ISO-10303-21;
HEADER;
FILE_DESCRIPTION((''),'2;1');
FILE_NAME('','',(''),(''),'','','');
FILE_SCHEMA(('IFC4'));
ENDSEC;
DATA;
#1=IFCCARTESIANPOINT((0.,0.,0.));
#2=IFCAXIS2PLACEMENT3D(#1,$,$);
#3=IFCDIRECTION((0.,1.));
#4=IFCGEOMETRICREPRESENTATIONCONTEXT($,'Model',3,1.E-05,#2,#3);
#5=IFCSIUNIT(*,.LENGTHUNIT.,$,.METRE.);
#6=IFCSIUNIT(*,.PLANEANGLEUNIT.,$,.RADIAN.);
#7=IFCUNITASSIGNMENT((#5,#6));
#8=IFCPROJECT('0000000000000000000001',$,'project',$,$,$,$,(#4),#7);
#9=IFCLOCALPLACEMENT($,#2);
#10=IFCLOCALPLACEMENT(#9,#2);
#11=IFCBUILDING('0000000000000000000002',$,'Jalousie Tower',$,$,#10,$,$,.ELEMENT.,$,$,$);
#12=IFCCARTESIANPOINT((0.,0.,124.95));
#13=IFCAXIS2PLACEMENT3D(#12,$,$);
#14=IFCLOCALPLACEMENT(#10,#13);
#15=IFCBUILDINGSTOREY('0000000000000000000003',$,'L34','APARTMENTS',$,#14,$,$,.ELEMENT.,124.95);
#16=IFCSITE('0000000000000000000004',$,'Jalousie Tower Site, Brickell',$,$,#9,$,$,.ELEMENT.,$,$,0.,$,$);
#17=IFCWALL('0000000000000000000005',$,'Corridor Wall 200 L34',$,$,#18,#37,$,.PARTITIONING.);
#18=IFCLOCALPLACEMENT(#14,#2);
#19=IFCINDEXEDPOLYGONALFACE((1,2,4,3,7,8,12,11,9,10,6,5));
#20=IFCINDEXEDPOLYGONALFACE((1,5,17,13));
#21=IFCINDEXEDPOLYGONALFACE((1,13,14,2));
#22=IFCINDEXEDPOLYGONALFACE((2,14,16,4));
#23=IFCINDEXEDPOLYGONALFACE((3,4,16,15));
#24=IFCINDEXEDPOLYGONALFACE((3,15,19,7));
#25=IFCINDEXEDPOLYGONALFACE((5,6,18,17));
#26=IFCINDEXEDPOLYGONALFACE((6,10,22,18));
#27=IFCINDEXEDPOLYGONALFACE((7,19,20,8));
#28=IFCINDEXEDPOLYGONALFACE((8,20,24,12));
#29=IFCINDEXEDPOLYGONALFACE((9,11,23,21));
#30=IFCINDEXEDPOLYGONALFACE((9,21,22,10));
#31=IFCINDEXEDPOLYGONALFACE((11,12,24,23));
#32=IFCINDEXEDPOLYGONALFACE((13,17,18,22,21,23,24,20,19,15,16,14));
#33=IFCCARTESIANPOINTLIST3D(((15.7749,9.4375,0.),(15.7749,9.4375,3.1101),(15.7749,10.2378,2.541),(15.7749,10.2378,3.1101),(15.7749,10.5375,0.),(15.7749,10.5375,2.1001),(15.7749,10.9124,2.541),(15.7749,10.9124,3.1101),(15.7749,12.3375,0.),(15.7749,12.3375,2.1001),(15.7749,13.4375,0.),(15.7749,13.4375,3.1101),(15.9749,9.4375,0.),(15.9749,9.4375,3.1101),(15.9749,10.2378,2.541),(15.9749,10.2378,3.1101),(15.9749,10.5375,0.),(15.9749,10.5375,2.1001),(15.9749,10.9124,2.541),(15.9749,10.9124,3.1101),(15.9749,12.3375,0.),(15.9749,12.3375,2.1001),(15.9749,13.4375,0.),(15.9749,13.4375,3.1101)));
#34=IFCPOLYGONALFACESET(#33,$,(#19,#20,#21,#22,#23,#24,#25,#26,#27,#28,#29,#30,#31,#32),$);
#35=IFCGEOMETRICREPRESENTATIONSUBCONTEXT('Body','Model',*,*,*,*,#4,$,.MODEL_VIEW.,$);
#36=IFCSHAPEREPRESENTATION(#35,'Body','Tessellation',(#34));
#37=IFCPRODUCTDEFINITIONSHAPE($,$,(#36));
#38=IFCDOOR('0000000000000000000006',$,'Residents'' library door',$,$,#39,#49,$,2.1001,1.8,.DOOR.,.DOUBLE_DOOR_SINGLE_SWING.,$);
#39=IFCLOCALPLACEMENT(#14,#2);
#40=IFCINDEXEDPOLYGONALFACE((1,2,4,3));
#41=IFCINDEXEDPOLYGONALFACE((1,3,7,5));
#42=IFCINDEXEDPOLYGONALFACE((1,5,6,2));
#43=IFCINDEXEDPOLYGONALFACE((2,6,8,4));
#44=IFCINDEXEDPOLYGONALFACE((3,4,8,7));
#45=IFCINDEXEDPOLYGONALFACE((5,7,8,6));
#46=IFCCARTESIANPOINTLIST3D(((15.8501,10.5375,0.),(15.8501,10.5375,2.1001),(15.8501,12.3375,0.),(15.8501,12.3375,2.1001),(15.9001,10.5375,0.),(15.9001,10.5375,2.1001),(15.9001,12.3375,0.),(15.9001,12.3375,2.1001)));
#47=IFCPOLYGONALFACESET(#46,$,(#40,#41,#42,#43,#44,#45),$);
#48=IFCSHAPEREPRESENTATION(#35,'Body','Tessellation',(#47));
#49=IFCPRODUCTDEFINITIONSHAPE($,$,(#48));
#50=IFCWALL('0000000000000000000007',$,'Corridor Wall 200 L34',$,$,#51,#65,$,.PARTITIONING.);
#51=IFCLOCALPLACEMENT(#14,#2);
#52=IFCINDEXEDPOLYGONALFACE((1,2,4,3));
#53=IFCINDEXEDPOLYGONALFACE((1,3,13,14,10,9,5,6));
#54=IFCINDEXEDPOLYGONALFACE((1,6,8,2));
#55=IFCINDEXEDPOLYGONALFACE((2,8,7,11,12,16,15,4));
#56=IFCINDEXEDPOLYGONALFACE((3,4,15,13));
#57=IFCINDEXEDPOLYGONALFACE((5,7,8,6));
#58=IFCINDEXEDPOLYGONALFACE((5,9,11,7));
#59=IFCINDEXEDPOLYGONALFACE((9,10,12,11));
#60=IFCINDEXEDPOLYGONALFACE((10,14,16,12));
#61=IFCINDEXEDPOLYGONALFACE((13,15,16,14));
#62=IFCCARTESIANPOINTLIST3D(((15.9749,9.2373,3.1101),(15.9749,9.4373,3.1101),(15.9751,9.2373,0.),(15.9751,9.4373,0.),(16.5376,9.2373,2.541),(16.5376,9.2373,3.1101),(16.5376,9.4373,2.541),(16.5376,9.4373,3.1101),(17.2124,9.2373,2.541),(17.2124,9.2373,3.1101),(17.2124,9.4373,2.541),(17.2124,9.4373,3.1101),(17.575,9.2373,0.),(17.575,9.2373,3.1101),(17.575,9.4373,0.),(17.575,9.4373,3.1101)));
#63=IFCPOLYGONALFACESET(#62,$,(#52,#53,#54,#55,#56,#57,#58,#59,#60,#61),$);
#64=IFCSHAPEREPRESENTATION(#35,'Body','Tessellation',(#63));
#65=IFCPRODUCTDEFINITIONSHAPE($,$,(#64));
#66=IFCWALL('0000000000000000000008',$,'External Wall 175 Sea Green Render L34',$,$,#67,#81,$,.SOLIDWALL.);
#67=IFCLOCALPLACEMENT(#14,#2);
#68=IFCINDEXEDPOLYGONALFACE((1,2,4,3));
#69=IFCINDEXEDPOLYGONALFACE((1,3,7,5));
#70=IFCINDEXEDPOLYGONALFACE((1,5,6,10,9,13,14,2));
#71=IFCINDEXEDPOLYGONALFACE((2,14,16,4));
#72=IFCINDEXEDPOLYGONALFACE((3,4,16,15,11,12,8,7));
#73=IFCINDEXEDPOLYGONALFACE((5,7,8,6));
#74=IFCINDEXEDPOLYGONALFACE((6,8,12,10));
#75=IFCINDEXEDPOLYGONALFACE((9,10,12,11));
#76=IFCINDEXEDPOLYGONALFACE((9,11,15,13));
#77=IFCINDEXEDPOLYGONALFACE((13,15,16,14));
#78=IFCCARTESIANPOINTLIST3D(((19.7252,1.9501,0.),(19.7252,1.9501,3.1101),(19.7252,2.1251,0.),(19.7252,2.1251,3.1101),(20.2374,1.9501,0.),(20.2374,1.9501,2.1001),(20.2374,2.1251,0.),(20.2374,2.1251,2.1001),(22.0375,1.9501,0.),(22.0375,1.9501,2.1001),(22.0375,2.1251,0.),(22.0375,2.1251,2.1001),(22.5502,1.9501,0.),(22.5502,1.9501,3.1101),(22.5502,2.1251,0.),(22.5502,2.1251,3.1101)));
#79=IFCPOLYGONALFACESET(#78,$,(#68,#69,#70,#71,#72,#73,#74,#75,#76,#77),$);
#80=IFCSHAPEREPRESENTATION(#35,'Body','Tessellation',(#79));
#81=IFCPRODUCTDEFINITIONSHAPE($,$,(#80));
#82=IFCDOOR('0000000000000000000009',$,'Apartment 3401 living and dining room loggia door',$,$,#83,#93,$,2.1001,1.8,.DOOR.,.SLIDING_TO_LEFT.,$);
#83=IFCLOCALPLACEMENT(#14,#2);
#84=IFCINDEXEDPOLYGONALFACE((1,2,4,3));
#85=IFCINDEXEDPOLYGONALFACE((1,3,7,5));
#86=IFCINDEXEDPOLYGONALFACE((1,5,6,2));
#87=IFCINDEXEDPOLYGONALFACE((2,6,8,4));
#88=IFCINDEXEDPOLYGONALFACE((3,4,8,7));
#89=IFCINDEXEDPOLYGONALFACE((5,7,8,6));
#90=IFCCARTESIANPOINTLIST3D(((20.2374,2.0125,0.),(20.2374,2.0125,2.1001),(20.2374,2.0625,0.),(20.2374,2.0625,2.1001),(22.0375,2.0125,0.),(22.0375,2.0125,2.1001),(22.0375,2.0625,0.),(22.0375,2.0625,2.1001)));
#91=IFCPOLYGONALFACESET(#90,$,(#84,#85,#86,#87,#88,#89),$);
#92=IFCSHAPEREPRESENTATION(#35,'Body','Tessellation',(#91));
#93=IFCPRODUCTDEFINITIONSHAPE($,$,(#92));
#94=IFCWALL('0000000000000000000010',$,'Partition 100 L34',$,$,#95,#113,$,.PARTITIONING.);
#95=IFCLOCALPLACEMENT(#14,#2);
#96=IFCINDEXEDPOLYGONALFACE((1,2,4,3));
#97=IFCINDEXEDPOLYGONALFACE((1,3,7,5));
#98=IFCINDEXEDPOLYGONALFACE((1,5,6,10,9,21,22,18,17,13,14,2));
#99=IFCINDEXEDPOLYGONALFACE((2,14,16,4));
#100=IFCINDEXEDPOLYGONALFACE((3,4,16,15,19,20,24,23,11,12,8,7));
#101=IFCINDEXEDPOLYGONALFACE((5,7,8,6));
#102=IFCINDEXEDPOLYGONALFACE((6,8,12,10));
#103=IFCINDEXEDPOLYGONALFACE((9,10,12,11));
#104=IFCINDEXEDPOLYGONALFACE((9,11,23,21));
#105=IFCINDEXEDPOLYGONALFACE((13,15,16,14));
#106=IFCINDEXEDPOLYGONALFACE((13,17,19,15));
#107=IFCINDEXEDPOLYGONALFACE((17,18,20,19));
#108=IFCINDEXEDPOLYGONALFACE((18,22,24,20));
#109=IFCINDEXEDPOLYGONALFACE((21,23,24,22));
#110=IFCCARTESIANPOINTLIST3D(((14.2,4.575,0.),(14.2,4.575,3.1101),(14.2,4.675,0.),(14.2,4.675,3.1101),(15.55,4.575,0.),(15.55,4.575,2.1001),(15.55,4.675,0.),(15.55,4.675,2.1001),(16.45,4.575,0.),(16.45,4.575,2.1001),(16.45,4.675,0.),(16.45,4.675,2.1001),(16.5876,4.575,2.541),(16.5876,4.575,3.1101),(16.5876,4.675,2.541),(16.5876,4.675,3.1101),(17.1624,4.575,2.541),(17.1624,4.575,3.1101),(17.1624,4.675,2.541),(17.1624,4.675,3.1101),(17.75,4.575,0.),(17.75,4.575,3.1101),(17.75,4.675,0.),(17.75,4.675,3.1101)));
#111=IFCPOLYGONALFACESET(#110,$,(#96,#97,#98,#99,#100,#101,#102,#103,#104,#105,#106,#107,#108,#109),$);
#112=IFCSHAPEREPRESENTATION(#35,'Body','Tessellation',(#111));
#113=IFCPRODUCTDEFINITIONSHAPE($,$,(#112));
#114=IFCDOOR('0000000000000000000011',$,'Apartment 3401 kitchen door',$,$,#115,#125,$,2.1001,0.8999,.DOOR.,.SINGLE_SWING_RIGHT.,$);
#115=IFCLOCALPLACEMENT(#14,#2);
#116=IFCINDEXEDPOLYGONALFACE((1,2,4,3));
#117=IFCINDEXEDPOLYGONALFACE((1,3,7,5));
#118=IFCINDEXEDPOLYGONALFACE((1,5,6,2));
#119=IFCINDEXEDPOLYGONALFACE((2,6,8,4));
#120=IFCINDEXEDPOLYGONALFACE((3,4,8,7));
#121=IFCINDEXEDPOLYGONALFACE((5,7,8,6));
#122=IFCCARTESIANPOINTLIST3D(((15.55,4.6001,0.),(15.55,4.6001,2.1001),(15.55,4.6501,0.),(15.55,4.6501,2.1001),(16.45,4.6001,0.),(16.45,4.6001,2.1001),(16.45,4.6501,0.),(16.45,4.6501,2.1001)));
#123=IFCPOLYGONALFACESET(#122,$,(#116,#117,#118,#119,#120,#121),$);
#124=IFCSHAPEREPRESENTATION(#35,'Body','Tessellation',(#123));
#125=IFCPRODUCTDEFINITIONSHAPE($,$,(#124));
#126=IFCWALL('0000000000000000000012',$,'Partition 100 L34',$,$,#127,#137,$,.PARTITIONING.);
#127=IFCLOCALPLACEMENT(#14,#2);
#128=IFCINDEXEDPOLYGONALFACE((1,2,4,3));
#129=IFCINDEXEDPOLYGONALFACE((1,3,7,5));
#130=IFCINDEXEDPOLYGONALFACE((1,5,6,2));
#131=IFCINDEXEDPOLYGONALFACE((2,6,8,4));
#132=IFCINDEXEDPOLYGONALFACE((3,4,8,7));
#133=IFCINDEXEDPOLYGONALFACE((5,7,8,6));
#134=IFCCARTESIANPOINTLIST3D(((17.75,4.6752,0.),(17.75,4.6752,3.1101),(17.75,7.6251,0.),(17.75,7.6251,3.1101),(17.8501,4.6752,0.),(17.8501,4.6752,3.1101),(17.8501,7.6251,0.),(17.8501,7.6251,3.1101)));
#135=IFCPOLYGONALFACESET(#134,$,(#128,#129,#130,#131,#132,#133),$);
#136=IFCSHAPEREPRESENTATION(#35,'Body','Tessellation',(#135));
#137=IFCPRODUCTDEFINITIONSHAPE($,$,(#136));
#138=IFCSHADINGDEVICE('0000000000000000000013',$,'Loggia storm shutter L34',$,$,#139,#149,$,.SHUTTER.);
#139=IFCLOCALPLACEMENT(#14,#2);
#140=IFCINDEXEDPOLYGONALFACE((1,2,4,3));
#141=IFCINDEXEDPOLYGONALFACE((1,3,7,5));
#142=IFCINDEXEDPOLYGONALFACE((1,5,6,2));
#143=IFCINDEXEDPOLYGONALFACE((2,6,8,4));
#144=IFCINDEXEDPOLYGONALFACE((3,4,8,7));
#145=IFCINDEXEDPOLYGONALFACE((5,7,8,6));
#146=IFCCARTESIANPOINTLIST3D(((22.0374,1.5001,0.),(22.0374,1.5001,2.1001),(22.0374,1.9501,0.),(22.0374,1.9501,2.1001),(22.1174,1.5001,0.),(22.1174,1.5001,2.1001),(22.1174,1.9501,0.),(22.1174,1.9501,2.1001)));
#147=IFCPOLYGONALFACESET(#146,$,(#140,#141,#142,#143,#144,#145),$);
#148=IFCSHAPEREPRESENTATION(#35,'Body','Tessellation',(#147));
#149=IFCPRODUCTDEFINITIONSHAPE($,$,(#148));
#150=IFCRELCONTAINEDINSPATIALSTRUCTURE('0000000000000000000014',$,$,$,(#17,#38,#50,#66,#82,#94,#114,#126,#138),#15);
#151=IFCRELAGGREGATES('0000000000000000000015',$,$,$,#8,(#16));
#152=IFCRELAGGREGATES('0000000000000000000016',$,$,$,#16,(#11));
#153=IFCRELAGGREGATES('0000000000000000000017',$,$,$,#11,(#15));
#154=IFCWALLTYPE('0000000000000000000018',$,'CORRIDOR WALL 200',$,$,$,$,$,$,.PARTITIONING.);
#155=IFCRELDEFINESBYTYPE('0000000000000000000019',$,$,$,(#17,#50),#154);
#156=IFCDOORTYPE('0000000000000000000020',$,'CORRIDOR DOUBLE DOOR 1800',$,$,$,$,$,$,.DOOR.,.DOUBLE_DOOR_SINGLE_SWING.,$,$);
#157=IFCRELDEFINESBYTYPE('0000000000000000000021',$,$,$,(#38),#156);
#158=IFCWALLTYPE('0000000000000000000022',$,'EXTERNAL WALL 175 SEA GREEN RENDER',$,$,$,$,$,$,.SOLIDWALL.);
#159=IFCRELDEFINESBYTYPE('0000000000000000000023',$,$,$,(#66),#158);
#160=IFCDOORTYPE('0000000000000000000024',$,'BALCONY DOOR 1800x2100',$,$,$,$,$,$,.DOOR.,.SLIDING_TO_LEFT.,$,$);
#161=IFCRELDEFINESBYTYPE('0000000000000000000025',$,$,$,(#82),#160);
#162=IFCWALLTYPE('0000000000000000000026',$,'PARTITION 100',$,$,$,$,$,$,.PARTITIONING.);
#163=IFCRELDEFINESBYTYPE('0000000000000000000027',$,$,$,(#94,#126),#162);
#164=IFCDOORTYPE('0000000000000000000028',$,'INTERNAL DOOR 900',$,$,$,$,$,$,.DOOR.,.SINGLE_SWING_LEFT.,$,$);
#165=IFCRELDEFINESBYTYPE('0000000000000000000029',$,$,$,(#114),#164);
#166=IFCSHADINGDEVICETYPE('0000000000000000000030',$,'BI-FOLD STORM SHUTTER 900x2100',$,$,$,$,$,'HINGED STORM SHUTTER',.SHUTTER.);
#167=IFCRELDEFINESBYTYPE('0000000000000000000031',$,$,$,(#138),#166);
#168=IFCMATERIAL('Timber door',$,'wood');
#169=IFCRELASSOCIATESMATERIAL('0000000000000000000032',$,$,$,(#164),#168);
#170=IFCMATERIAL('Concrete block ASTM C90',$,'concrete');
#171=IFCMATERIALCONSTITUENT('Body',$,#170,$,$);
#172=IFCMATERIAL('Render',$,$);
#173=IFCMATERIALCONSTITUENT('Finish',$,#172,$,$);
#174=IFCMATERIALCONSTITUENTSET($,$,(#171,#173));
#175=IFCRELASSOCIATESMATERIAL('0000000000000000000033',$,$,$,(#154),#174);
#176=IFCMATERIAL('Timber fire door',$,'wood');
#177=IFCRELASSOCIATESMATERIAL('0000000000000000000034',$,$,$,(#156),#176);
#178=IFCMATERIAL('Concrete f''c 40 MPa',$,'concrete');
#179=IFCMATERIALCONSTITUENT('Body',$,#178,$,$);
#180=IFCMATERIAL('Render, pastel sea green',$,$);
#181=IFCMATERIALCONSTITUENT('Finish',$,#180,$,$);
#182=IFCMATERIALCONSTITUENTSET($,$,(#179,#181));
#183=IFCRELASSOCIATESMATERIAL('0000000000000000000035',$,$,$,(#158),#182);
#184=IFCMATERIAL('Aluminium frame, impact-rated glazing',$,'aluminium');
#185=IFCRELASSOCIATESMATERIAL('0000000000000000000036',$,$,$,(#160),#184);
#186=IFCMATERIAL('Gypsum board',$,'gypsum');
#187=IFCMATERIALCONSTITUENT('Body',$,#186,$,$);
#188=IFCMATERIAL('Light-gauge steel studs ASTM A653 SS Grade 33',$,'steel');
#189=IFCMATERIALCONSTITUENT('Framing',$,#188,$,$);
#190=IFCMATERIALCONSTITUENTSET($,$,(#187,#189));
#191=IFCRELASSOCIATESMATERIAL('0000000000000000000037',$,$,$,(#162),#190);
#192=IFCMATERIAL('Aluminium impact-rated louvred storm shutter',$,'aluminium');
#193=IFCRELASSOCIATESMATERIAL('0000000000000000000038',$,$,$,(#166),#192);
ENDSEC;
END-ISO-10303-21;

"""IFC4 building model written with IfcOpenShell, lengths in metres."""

from ifc_helpers import new_model, si_unit, direction, frame, frame_2d, origin, origin_2d, place, context, subcontext, project, spatial, polyline, rectangle, outline, extrude, material, constituent, constituent_set, type_object, element, fill, save


model = new_model("IFC4")

# Units and contexts
model_context = context("Model", 3, precision=1e-05, world=origin(), true_north=direction((0.0, 1.0)))
body_context = subcontext(model_context, "Body", "Model", "MODEL_VIEW")
ifc_project = project(units=[si_unit("LENGTHUNIT", "METRE"), si_unit("PLANEANGLEUNIT", "RADIAN")], contexts=[model_context])

# Site, building, storey
site_placement = place(None, origin())
site = spatial("IfcSite", under=ifc_project, at=site_placement, Name="Jalousie Tower Site, Brickell", CompositionType="ELEMENT", RefElevation=0.0)
building_placement = place(site_placement, origin())
building = spatial("IfcBuilding", under=site, at=building_placement, Name="Jalousie Tower", CompositionType="ELEMENT")
storey_placement = place(building_placement, frame((0.0, 0.0, 124.95)))
storey = spatial("IfcBuildingStorey", under=building, at=storey_placement, Name="L34", Description="APARTMENTS", CompositionType="ELEMENT", Elevation=124.95)

# Shared definitions
ifc_material_1 = material(Name="Timber door", Category="wood")
door_type_1 = type_object("IfcDoorType", Name="INTERNAL DOOR 900", OperationType="SINGLE_SWING_LEFT", PredefinedType="DOOR", material=ifc_material_1)

# Shared definitions
ifc_material_2 = material(Name="Concrete block ASTM C90", Category="concrete")
ifc_constituent_1 = constituent(ifc_material_2, Name="Body")
ifc_material_3 = material(Name="Render")
ifc_constituent_2 = constituent(ifc_material_3, Name="Finish")
ifc_constituent_set_1 = constituent_set(constituents=[ifc_constituent_1, ifc_constituent_2])
wall_type_1 = type_object("IfcWallType", Name="CORRIDOR WALL 200", PredefinedType="PARTITIONING", material=ifc_constituent_set_1)

# Wall, opening, door
wall_1_placement = place(storey_placement, frame((15.875, 9.4375, 0.0), z_axis=(0.0, 0.0, 1.0), x_axis=(0.0, 1.0, 0.0)))
wall_1 = element("IfcWall", 1, at=wall_1_placement, inside=storey, type_object=wall_type_1, Name="Corridor Wall 200 L34", PredefinedType="PARTITIONING", context=body_context, shape_type="SweptSolid", body=[
    extrude(outline(polyline([(0.0, 0.0), (4.0, 0.0), (4.0, 3.1101), (1.4749, 3.1101), (1.4749, 2.541), (0.8003, 2.541), (0.8003, 3.1101), (0.0, 3.1101), (0.0, 0.0)])), frame((0.0, 0.1001, 0.0), z_axis=(0.0, -1.0, 0.0), x_axis=(1.0, 0.0, 0.0)), (0.0, 0.0, 1.0), 0.2),
])
opening_1_placement = place(wall_1_placement, frame((1.1001, 0.0, 0.0)))
opening_1 = element("IfcOpeningElement", 2, at=opening_1_placement, cuts=wall_1, PredefinedType="OPENING", context=body_context, shape_type="SweptSolid", body=[
    extrude(rectangle(XDim=1.8, YDim=2.1001, at=frame_2d((0.8999, 1.05))), frame((0.0, 0.1099, 0.0), z_axis=(0.0, -1.0, 0.0), x_axis=(1.0, 0.0, 0.0)), (0.0, 0.0, 1.0), 0.22),
])
ifc_material_4 = material(Name="Timber fire door", Category="wood")
door_type_2 = type_object("IfcDoorType", Name="CORRIDOR DOUBLE DOOR 1800", OperationType="DOUBLE_DOOR_SINGLE_SWING", PredefinedType="DOOR", material=ifc_material_4)
door_1_placement = place(opening_1_placement, origin())
door_1 = element("IfcDoor", 3, at=door_1_placement, inside=storey, type_object=door_type_2, Name="Residents' library door", OperationType="DOUBLE_DOOR_SINGLE_SWING", OverallHeight=2.1001, OverallWidth=1.8, PredefinedType="DOOR", context=body_context, shape_type="SweptSolid", body=[
    extrude(rectangle(XDim=1.8, YDim=2.1001, at=frame_2d((0.8999, 1.05))), frame((0.0, 0.0249, 0.0), z_axis=(0.0, -1.0, 0.0), x_axis=(1.0, 0.0, 0.0)), (0.0, 0.0, 1.0), 0.05),
])
fill(opening_1, door_1)

# Wall
wall_2_placement = place(storey_placement, frame((17.575, 9.3374, 0.0), z_axis=(0.0, 0.0, 1.0), x_axis=(-1.0, 0.0, 0.0)))
element("IfcWall", 4, at=wall_2_placement, inside=storey, type_object=wall_type_1, Name="Corridor Wall 200 L34", PredefinedType="PARTITIONING", context=body_context, shape_type="SweptSolid", body=[
    extrude(outline(polyline([(0.0, 0.0), (1.5999, 0.0), (1.6001, 3.1101), (1.0374, 3.1101), (1.0374, 2.541), (0.3625, 2.541), (0.3625, 3.1101), (0.0, 3.1101), (0.0, 0.0)])), frame((0.0, 0.1001, 0.0), z_axis=(0.0, -1.0, 0.0), x_axis=(1.0, 0.0, 0.0)), (0.0, 0.0, 1.0), 0.2),
])

# Walls, openings, doors
ifc_material_5 = material(Name="Concrete f'c 40 MPa", Category="concrete")
ifc_constituent_3 = constituent(ifc_material_5, Name="Body")
ifc_material_6 = material(Name="Render, pastel sea green")
ifc_constituent_4 = constituent(ifc_material_6, Name="Finish")
ifc_constituent_set_2 = constituent_set(constituents=[ifc_constituent_3, ifc_constituent_4])
wall_type_2 = type_object("IfcWallType", Name="EXTERNAL WALL 175 SEA GREEN RENDER", PredefinedType="SOLIDWALL", material=ifc_constituent_set_2)
wall_3_placement = place(storey_placement, frame((19.7251, 2.0376, 0.0), z_axis=(0.0, 0.0, 1.0), x_axis=(1.0, 0.0, 0.0)))
wall_3 = element("IfcWall", 5, at=wall_3_placement, inside=storey, type_object=wall_type_2, Name="External Wall 175 Sea Green Render L34", PredefinedType="SOLIDWALL", context=body_context, shape_type="SweptSolid", body=[
    extrude(rectangle(XDim=2.825, YDim=0.175, at=frame_2d((1.4126, 0.0))), origin(), (0.0, 0.0, 1.0), 3.1101),
])
opening_2_placement = place(wall_3_placement, frame((0.5125, 0.0, 0.0)))
opening_2 = element("IfcOpeningElement", 6, at=opening_2_placement, cuts=wall_3, PredefinedType="OPENING", context=body_context, shape_type="SweptSolid", body=[
    extrude(rectangle(XDim=1.8, YDim=2.1001, at=frame_2d((0.8999, 1.05))), frame((0.0, 0.0974, 0.0), z_axis=(0.0, -1.0, 0.0), x_axis=(1.0, 0.0, 0.0)), (0.0, 0.0, 1.0), 0.1951),
])
ifc_material_7 = material(Name="Aluminium frame, impact-rated glazing", Category="aluminium")
door_type_3 = type_object("IfcDoorType", Name="BALCONY DOOR 1800x2100", OperationType="SLIDING_TO_LEFT", PredefinedType="DOOR", material=ifc_material_7)
door_2_placement = place(opening_2_placement, origin())
door_2 = element("IfcDoor", 7, at=door_2_placement, inside=storey, type_object=door_type_3, Name="Apartment 3401 living and dining room loggia door", OperationType="SLIDING_TO_LEFT", OverallHeight=2.1001, OverallWidth=1.8, PredefinedType="DOOR", context=body_context, shape_type="SweptSolid", body=[
    extrude(rectangle(XDim=1.8, YDim=2.1001, at=frame_2d((0.8999, 1.05))), frame((0.0, 0.0249, 0.0), z_axis=(0.0, -1.0, 0.0), x_axis=(1.0, 0.0, 0.0)), (0.0, 0.0, 1.0), 0.05),
])
fill(opening_2, door_2)
ifc_material_8 = material(Name="Gypsum board", Category="gypsum")
ifc_constituent_5 = constituent(ifc_material_8, Name="Body")
ifc_material_9 = material(Name="Light-gauge steel studs ASTM A653 SS Grade 33", Category="steel")
ifc_constituent_6 = constituent(ifc_material_9, Name="Framing")
ifc_constituent_set_3 = constituent_set(constituents=[ifc_constituent_5, ifc_constituent_6])
wall_type_3 = type_object("IfcWallType", Name="PARTITION 100", PredefinedType="PARTITIONING", material=ifc_constituent_set_3)
wall_4_placement = place(storey_placement, frame((14.2, 4.625, 0.0), z_axis=(0.0, 0.0, 1.0), x_axis=(1.0, 0.0, 0.0)))
wall_4 = element("IfcWall", 8, at=wall_4_placement, inside=storey, type_object=wall_type_3, Name="Partition 100 L34", PredefinedType="PARTITIONING", context=body_context, shape_type="SweptSolid", body=[
    extrude(outline(polyline([(0.0, 0.0), (3.55, 0.0), (3.55, 3.1101), (2.9624, 3.1101), (2.9624, 2.541), (2.3877, 2.541), (2.3877, 3.1101), (0.0, 3.1101), (0.0, 0.0)])), frame((0.0, 0.05, 0.0), z_axis=(0.0, -1.0, 0.0), x_axis=(1.0, 0.0, 0.0)), (0.0, 0.0, 1.0), 0.1001),
])
opening_3_placement = place(wall_4_placement, frame((1.3501, 0.0, 0.0)))
opening_3 = element("IfcOpeningElement", 9, at=opening_3_placement, cuts=wall_4, PredefinedType="OPENING", context=body_context, shape_type="SweptSolid", body=[
    extrude(rectangle(XDim=0.8999, YDim=2.1001, at=frame_2d((0.45, 1.05))), frame((0.0, 0.0601, 0.0), z_axis=(0.0, -1.0, 0.0), x_axis=(1.0, 0.0, 0.0)), (0.0, 0.0, 1.0), 0.1201),
])
door_3_placement = place(opening_3_placement, frame((0.8999, 0.0, 0.0), z_axis=(0.0, 0.0, 1.0), x_axis=(-1.0, 0.0, 0.0)))
door_3 = element("IfcDoor", 10, at=door_3_placement, inside=storey, type_object=door_type_1, Name="Apartment 3401 kitchen door", OperationType="SINGLE_SWING_RIGHT", OverallHeight=2.1001, OverallWidth=0.8999, PredefinedType="DOOR", context=body_context, shape_type="SweptSolid", body=[
    extrude(rectangle(XDim=0.8999, YDim=2.1001, at=frame_2d((0.45, 1.05))), frame((0.0, 0.0249, 0.0), z_axis=(0.0, -1.0, 0.0), x_axis=(1.0, 0.0, 0.0)), (0.0, 0.0, 1.0), 0.05),
])
fill(opening_3, door_3)

# Wall
wall_5_placement = place(storey_placement, frame((17.8, 4.675, 0.0), z_axis=(0.0, 0.0, 1.0), x_axis=(0.0, 1.0, 0.0)))
element("IfcWall", 11, at=wall_5_placement, inside=storey, type_object=wall_type_3, Name="Partition 100 L34", PredefinedType="PARTITIONING", context=body_context, shape_type="SweptSolid", body=[
    extrude(rectangle(XDim=2.95, YDim=0.1001, at=frame_2d((1.4751, 0.0))), origin(), (0.0, 0.0, 1.0), 3.1101),
])

# Shading device
ifc_material_10 = material(Name="Aluminium impact-rated louvred storm shutter", Category="aluminium")
shading_device_type = type_object("IfcShadingDeviceType", Name="BI-FOLD STORM SHUTTER 900x2100", ElementType="HINGED STORM SHUTTER", PredefinedType="SHUTTER", material=ifc_material_10)
shading_device_placement = place(storey_placement, frame((22.0774, 1.7251, 0.0), z_axis=(0.0, 0.0, 1.0), x_axis=(0.0, 1.0, 0.0)))
element("IfcShadingDevice", 12, at=shading_device_placement, inside=storey, type_object=shading_device_type, Name="Loggia storm shutter L34", PredefinedType="SHUTTER", context=body_context, shape_type="SweptSolid", body=[
    extrude(rectangle(XDim=0.45, YDim=0.0801, at=origin_2d()), origin(), (0.0, 0.0, 1.0), 2.1001),
])

save(model, "model.ifc")
